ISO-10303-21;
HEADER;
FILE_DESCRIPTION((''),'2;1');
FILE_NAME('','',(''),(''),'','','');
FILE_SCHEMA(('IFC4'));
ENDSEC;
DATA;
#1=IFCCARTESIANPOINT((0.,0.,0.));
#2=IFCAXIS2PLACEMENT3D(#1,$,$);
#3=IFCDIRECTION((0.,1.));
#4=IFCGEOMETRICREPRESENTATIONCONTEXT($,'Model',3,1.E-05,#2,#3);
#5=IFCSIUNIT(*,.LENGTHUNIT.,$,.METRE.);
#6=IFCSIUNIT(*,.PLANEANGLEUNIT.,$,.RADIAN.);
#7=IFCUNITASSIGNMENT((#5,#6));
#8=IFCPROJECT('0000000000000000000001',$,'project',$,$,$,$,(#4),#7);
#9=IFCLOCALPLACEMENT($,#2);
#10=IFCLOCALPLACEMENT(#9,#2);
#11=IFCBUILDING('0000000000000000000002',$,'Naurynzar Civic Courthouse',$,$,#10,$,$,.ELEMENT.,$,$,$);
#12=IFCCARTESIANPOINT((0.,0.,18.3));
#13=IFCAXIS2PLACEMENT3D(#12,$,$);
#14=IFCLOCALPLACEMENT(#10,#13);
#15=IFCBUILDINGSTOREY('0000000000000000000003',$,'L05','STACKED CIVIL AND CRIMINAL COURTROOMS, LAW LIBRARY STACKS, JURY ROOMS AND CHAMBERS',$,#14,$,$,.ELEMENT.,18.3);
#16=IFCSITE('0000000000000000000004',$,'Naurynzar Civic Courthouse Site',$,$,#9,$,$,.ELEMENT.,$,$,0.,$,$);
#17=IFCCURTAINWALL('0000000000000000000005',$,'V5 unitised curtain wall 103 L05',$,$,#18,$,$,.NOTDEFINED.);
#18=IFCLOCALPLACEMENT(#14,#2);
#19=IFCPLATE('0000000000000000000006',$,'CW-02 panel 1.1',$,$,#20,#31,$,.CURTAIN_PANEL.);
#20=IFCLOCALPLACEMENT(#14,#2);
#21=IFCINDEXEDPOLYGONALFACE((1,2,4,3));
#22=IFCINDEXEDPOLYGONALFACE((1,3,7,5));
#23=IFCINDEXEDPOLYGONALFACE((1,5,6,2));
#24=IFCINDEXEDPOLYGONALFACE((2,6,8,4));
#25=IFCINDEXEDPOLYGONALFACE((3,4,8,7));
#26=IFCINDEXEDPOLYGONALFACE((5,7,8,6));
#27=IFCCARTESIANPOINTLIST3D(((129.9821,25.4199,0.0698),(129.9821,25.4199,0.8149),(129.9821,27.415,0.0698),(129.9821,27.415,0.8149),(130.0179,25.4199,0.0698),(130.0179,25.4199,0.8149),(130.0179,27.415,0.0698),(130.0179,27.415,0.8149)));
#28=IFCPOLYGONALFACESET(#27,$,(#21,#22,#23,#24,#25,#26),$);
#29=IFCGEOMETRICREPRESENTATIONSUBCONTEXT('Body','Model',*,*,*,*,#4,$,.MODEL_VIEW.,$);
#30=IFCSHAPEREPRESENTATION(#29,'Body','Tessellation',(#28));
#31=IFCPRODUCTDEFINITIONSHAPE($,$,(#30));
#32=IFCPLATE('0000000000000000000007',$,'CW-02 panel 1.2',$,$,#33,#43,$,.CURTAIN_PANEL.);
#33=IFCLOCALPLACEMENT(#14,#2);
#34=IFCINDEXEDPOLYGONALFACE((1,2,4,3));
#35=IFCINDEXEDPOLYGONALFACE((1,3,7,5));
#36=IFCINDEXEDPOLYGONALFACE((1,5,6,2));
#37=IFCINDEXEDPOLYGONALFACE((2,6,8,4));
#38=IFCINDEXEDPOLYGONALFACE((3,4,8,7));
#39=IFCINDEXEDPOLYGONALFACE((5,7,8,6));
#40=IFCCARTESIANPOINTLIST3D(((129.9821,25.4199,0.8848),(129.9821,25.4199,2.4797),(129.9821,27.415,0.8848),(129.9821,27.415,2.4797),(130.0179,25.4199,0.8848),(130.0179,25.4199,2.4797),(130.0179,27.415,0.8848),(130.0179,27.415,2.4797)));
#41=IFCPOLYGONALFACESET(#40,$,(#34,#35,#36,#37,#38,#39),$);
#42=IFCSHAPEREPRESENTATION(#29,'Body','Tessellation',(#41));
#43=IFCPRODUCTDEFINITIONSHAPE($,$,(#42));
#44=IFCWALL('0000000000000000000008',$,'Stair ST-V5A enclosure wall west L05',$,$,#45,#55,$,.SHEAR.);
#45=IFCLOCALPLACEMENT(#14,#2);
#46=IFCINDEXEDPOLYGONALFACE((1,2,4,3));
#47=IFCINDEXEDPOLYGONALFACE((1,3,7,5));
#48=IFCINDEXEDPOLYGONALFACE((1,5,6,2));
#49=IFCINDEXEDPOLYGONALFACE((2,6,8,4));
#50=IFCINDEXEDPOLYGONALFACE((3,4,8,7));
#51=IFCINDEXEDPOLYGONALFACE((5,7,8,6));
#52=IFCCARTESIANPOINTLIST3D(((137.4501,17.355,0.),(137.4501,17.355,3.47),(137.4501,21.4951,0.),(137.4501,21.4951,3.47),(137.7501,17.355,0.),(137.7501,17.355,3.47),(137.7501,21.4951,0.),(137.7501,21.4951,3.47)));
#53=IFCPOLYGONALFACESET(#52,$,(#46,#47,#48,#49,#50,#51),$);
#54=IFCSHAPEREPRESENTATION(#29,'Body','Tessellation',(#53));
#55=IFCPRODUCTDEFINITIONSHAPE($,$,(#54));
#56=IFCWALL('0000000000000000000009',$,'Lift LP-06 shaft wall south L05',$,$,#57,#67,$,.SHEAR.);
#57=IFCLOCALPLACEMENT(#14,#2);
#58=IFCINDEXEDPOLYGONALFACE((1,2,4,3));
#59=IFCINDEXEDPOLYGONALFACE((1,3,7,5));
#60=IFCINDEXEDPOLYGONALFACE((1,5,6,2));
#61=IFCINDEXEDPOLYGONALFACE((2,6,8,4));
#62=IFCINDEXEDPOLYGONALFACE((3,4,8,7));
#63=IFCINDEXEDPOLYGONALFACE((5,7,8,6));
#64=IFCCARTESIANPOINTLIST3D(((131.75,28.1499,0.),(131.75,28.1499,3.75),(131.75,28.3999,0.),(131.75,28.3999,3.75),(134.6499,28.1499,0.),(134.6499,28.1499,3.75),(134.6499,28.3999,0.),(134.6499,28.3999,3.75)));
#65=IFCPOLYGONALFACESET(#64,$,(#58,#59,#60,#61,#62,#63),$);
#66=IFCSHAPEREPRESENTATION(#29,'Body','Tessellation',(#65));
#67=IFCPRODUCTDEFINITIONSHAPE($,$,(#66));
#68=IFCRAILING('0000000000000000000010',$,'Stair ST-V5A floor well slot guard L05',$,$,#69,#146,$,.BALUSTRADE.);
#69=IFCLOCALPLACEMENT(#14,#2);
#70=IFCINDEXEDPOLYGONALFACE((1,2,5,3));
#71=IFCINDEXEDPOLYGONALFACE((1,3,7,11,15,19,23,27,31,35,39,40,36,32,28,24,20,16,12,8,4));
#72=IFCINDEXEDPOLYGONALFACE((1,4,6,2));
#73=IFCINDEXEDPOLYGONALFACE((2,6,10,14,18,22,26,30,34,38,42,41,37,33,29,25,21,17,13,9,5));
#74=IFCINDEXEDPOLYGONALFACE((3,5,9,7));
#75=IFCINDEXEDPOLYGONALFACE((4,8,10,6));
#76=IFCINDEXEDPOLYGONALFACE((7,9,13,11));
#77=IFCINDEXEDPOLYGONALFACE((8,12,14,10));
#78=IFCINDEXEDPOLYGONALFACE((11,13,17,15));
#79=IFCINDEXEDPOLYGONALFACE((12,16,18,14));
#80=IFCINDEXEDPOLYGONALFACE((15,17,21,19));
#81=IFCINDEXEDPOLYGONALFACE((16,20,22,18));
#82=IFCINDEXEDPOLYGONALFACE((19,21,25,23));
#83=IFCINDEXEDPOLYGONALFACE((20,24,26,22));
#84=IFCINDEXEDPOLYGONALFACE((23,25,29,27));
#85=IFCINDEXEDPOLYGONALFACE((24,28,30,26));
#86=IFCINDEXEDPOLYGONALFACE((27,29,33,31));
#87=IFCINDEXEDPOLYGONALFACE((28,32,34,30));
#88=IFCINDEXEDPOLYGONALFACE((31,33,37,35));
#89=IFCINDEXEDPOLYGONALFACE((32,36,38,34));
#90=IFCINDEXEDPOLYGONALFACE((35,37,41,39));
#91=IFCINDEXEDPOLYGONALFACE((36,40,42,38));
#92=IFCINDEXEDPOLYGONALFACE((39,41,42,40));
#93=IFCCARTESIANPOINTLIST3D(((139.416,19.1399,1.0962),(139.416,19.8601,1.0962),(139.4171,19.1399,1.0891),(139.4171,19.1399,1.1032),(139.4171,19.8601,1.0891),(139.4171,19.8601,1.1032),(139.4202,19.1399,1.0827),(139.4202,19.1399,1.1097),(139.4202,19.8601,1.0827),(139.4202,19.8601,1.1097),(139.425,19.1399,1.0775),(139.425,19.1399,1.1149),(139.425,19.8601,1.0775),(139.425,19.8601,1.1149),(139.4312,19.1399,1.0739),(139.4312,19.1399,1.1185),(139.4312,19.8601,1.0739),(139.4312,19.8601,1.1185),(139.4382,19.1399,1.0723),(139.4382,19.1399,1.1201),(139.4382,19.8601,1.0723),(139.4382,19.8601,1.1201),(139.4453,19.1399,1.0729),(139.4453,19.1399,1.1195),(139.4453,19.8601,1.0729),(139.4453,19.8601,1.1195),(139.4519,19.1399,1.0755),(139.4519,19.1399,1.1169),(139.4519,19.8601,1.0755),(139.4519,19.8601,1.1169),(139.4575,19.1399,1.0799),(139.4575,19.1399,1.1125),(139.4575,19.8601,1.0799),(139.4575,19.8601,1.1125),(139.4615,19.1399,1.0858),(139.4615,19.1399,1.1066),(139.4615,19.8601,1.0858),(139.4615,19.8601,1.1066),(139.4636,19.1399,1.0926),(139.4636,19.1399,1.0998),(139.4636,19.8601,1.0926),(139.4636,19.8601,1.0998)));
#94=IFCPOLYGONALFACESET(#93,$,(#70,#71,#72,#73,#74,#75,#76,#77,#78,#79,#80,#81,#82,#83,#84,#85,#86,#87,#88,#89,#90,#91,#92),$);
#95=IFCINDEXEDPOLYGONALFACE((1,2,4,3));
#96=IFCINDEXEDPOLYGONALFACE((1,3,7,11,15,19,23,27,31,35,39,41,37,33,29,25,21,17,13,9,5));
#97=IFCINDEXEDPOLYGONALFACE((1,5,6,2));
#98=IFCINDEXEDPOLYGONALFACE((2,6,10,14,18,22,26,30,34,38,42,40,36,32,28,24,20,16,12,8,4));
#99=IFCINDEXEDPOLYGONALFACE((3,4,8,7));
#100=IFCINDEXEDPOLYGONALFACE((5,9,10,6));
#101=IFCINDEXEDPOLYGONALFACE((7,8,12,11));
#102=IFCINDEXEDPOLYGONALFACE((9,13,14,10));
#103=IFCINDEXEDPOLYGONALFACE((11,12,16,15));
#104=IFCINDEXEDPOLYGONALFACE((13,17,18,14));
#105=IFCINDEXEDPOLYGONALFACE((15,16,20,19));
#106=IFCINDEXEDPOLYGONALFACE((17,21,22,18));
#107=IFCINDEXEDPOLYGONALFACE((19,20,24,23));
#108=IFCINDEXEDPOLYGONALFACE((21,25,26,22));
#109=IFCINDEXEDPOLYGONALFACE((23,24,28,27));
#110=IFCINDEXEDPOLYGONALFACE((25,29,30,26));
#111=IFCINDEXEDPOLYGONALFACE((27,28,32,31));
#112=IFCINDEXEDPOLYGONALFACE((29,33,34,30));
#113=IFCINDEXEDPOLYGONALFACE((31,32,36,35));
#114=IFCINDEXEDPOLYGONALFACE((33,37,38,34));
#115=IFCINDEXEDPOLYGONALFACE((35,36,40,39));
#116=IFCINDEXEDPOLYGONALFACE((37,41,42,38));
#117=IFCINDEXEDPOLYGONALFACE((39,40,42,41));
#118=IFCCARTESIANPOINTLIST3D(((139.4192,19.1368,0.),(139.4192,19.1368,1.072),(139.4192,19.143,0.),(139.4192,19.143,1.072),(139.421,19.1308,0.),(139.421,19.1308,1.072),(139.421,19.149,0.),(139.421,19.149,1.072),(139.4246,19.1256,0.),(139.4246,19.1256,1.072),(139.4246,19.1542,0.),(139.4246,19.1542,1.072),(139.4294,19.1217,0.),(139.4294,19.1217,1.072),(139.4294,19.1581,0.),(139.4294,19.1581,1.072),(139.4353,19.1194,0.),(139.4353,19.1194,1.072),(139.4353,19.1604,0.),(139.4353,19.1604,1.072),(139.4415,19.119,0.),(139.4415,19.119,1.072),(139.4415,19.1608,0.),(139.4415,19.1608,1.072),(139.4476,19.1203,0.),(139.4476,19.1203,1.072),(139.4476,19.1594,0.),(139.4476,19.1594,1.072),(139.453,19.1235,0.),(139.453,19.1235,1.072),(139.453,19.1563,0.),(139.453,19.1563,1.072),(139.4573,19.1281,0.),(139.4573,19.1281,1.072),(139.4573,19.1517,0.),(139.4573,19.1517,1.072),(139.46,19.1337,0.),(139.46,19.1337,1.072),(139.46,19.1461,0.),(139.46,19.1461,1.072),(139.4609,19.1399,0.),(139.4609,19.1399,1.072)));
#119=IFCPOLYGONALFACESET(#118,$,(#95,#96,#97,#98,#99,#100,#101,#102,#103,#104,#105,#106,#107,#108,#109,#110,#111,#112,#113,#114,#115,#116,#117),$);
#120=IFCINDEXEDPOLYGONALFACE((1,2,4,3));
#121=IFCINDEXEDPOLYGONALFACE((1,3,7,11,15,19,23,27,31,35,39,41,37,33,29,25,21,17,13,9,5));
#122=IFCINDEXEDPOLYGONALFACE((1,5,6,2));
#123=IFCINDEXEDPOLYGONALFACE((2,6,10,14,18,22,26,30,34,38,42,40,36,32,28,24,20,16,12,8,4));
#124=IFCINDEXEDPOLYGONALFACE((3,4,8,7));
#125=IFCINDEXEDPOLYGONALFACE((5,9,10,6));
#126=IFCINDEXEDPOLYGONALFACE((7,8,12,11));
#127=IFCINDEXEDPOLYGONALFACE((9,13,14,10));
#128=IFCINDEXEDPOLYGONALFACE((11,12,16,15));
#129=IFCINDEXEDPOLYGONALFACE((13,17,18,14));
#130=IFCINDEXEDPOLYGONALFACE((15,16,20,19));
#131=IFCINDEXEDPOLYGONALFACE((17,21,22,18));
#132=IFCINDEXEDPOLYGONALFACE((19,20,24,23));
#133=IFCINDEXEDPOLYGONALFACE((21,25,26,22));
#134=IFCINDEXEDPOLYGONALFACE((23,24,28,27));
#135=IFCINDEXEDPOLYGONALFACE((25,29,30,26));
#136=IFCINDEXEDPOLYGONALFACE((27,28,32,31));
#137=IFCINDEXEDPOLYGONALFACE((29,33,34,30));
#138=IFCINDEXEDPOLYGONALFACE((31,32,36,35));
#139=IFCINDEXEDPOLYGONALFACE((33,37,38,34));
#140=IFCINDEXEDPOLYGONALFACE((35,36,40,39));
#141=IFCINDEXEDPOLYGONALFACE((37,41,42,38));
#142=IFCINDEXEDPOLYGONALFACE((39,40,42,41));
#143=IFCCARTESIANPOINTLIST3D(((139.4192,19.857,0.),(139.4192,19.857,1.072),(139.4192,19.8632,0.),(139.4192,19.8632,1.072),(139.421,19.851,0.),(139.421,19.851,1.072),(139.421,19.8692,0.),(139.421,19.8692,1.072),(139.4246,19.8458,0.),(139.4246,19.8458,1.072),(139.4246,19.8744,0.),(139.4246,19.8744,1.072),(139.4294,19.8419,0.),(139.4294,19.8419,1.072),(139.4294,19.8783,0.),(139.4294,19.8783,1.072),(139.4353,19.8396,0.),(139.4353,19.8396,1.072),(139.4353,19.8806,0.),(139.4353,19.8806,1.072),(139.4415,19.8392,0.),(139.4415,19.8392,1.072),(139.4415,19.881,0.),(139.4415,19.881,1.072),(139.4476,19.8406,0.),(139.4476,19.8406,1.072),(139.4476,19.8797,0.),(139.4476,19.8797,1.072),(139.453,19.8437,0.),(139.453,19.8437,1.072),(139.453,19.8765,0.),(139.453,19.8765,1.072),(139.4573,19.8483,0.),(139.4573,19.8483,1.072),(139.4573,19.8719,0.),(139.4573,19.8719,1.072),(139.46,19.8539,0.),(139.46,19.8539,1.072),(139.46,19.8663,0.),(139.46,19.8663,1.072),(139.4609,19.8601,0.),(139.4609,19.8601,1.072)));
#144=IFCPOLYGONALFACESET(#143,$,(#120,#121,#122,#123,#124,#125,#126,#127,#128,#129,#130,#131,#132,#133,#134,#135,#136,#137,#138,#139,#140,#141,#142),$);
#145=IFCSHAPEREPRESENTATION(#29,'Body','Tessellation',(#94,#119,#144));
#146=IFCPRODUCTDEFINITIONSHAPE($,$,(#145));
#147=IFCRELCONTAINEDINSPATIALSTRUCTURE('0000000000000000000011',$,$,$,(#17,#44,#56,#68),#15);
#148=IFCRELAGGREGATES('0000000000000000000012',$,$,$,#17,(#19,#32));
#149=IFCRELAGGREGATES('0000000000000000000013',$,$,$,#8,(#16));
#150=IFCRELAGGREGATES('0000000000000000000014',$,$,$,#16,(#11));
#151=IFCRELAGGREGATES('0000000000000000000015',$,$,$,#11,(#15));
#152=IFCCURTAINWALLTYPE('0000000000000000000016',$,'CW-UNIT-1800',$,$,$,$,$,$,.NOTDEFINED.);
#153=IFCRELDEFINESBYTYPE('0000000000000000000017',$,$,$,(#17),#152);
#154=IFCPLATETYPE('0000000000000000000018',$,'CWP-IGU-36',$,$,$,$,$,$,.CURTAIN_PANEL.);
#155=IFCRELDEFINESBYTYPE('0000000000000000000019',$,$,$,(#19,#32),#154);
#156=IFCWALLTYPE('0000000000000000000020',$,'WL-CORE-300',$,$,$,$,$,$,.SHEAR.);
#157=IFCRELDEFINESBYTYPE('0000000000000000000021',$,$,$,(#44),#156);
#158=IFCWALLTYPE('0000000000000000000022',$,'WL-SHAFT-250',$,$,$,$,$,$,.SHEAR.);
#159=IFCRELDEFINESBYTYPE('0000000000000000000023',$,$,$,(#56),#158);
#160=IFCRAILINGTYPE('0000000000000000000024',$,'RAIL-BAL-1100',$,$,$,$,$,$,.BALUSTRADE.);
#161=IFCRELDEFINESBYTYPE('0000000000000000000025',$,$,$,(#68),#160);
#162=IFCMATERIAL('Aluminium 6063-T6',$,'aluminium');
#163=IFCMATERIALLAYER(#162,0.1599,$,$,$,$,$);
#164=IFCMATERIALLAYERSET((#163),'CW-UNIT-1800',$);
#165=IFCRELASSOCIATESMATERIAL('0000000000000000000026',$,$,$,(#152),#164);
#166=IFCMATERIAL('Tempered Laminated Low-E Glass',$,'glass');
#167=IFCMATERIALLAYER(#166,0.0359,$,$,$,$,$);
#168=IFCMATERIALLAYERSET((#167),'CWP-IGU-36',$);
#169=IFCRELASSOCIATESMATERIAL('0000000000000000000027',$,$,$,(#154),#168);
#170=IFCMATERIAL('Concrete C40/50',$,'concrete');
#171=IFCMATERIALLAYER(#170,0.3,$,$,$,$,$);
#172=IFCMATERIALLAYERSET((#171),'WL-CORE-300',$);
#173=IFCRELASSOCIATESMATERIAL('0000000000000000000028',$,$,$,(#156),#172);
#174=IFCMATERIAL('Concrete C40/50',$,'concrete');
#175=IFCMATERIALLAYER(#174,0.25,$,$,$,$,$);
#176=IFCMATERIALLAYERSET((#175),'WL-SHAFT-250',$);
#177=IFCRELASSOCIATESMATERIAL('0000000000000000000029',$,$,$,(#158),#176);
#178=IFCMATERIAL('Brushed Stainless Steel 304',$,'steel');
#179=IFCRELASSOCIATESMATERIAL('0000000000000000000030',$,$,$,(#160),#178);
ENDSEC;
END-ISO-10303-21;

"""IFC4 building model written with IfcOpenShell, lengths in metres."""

from ifc_helpers import new_model, si_unit, direction, frame, frame_2d, origin, origin_2d, place, context, subcontext, project, spatial, rectangle, circle, extrude, material, layer, layer_set, type_object, element, aggregate, save


model = new_model("IFC4")

# Units and contexts
model_context = context("Model", 3, precision=1e-05, world=origin(), true_north=direction((0.0, 1.0)))
body_context = subcontext(model_context, "Body", "Model", "MODEL_VIEW")
ifc_project = project(units=[si_unit("LENGTHUNIT", "METRE"), si_unit("PLANEANGLEUNIT", "RADIAN")], contexts=[model_context])

# Site, building, storey
site_placement = place(None, origin())
site = spatial("IfcSite", under=ifc_project, at=site_placement, Name="Naurynzar Civic Courthouse Site", CompositionType="ELEMENT", RefElevation=0.0)
building_placement = place(site_placement, origin())
building = spatial("IfcBuilding", under=site, at=building_placement, Name="Naurynzar Civic Courthouse", CompositionType="ELEMENT")
storey_placement = place(building_placement, frame((0.0, 0.0, 18.3)))
storey = spatial("IfcBuildingStorey", under=building, at=storey_placement, Name="L05", Description="STACKED CIVIL AND CRIMINAL COURTROOMS, LAW LIBRARY STACKS, JURY ROOMS AND CHAMBERS", CompositionType="ELEMENT", Elevation=18.3)

# Curtain wall, plates
ifc_material_1 = material(Name="Aluminium 6063-T6", Category="aluminium")
ifc_layer_1 = layer(ifc_material_1, 0.1599)
ifc_layer_set_1 = layer_set([ifc_layer_1], Name="CW-UNIT-1800")
curtain_wall_type = type_object("IfcCurtainWallType", Name="CW-UNIT-1800", PredefinedType="NOTDEFINED", material=ifc_layer_set_1)
curtain_wall_placement = place(storey_placement, origin())
curtain_wall = element("IfcCurtainWall", 1, at=curtain_wall_placement, inside=storey, type_object=curtain_wall_type, Name="V5 unitised curtain wall 103 L05", PredefinedType="NOTDEFINED")
ifc_material_2 = material(Name="Tempered Laminated Low-E Glass", Category="glass")
ifc_layer_2 = layer(ifc_material_2, 0.0359)
ifc_layer_set_2 = layer_set([ifc_layer_2], Name="CWP-IGU-36")
plate_type = type_object("IfcPlateType", Name="CWP-IGU-36", PredefinedType="CURTAIN_PANEL", material=ifc_layer_set_2)
plate_1_placement = place(storey_placement, frame((130.0, 26.4175, 0.0698), z_axis=(0.0, 0.0, 1.0), x_axis=(0.0, 1.0, 0.0)))
plate_1 = element("IfcPlate", 2, at=plate_1_placement, type_object=plate_type, Name="CW-02 panel 1.1", PredefinedType="CURTAIN_PANEL", context=body_context, shape_type="SweptSolid", body=[
    extrude(rectangle(XDim=1.9951, YDim=0.0359, at=origin_2d()), origin(), (0.0, 0.0, 1.0), 0.7451),
])
plate_2_placement = place(storey_placement, frame((130.0, 26.4175, 0.8848), z_axis=(0.0, 0.0, 1.0), x_axis=(0.0, 1.0, 0.0)))
plate_2 = element("IfcPlate", 3, at=plate_2_placement, type_object=plate_type, Name="CW-02 panel 1.2", PredefinedType="CURTAIN_PANEL", context=body_context, shape_type="SweptSolid", body=[
    extrude(rectangle(XDim=1.9951, YDim=0.0359, at=origin_2d()), origin(), (0.0, 0.0, 1.0), 1.595),
])
aggregate(curtain_wall, [plate_1, plate_2])

# Walls
ifc_material_3 = material(Name="Concrete C40/50", Category="concrete")
ifc_layer_3 = layer(ifc_material_3, 0.3)
ifc_layer_set_3 = layer_set([ifc_layer_3], Name="WL-CORE-300")
wall_type_1 = type_object("IfcWallType", Name="WL-CORE-300", PredefinedType="SHEAR", material=ifc_layer_set_3)
wall_1_placement = place(storey_placement, frame((137.6001, 21.4951, 0.0), z_axis=(0.0, 0.0, 1.0), x_axis=(0.0, -1.0, 0.0)))
element("IfcWall", 4, at=wall_1_placement, inside=storey, type_object=wall_type_1, Name="Stair ST-V5A enclosure wall west L05", PredefinedType="SHEAR", context=body_context, shape_type="SweptSolid", body=[
    extrude(rectangle(XDim=4.1401, YDim=0.3, at=frame_2d((2.0701, 0.0))), origin(), (0.0, 0.0, 1.0), 3.47),
])
ifc_material_4 = material(Name="Concrete C40/50", Category="concrete")
ifc_layer_4 = layer(ifc_material_4, 0.25)
ifc_layer_set_4 = layer_set([ifc_layer_4], Name="WL-SHAFT-250")
wall_type_2 = type_object("IfcWallType", Name="WL-SHAFT-250", PredefinedType="SHEAR", material=ifc_layer_set_4)
wall_2_placement = place(storey_placement, frame((131.75, 28.2749, 0.0), z_axis=(0.0, 0.0, 1.0), x_axis=(1.0, 0.0, 0.0)))
element("IfcWall", 5, at=wall_2_placement, inside=storey, type_object=wall_type_2, Name="Lift LP-06 shaft wall south L05", PredefinedType="SHEAR", context=body_context, shape_type="SweptSolid", body=[
    extrude(rectangle(XDim=2.8999, YDim=0.25, at=frame_2d((1.45, 0.0))), origin(), (0.0, 0.0, 1.0), 3.75),
])

# Railing
ifc_material_5 = material(Name="Brushed Stainless Steel 304", Category="steel")
railing_type_1 = type_object("IfcRailingType", Name="RAIL-BAL-1100", PredefinedType="BALUSTRADE", material=ifc_material_5)
railing_1_placement = place(storey_placement, frame((139.4399, 19.1399, 0.0)))
element("IfcRailing", 6, at=railing_1_placement, inside=storey, type_object=railing_type_1, Name="Stair ST-V5A floor well slot guard L05", PredefinedType="BALUSTRADE", context=body_context, shape_type="SweptSolid", body=[
    extrude(circle(Radius=0.0239, at=origin_2d()), frame((0.0, 0.0, 1.0962), z_axis=(0.0, 1.0, 0.0), x_axis=(-1.0, 0.0, 0.0)), (0.0, 0.0, 1.0), 0.7202),
    extrude(circle(Radius=0.021, at=origin_2d()), origin(), (0.0, 0.0, 1.0), 1.072),
    extrude(circle(Radius=0.021, at=origin_2d()), frame((0.0, 0.7202, 0.0)), (0.0, 0.0, 1.0), 1.072),
])

save(model, "model.ifc")
